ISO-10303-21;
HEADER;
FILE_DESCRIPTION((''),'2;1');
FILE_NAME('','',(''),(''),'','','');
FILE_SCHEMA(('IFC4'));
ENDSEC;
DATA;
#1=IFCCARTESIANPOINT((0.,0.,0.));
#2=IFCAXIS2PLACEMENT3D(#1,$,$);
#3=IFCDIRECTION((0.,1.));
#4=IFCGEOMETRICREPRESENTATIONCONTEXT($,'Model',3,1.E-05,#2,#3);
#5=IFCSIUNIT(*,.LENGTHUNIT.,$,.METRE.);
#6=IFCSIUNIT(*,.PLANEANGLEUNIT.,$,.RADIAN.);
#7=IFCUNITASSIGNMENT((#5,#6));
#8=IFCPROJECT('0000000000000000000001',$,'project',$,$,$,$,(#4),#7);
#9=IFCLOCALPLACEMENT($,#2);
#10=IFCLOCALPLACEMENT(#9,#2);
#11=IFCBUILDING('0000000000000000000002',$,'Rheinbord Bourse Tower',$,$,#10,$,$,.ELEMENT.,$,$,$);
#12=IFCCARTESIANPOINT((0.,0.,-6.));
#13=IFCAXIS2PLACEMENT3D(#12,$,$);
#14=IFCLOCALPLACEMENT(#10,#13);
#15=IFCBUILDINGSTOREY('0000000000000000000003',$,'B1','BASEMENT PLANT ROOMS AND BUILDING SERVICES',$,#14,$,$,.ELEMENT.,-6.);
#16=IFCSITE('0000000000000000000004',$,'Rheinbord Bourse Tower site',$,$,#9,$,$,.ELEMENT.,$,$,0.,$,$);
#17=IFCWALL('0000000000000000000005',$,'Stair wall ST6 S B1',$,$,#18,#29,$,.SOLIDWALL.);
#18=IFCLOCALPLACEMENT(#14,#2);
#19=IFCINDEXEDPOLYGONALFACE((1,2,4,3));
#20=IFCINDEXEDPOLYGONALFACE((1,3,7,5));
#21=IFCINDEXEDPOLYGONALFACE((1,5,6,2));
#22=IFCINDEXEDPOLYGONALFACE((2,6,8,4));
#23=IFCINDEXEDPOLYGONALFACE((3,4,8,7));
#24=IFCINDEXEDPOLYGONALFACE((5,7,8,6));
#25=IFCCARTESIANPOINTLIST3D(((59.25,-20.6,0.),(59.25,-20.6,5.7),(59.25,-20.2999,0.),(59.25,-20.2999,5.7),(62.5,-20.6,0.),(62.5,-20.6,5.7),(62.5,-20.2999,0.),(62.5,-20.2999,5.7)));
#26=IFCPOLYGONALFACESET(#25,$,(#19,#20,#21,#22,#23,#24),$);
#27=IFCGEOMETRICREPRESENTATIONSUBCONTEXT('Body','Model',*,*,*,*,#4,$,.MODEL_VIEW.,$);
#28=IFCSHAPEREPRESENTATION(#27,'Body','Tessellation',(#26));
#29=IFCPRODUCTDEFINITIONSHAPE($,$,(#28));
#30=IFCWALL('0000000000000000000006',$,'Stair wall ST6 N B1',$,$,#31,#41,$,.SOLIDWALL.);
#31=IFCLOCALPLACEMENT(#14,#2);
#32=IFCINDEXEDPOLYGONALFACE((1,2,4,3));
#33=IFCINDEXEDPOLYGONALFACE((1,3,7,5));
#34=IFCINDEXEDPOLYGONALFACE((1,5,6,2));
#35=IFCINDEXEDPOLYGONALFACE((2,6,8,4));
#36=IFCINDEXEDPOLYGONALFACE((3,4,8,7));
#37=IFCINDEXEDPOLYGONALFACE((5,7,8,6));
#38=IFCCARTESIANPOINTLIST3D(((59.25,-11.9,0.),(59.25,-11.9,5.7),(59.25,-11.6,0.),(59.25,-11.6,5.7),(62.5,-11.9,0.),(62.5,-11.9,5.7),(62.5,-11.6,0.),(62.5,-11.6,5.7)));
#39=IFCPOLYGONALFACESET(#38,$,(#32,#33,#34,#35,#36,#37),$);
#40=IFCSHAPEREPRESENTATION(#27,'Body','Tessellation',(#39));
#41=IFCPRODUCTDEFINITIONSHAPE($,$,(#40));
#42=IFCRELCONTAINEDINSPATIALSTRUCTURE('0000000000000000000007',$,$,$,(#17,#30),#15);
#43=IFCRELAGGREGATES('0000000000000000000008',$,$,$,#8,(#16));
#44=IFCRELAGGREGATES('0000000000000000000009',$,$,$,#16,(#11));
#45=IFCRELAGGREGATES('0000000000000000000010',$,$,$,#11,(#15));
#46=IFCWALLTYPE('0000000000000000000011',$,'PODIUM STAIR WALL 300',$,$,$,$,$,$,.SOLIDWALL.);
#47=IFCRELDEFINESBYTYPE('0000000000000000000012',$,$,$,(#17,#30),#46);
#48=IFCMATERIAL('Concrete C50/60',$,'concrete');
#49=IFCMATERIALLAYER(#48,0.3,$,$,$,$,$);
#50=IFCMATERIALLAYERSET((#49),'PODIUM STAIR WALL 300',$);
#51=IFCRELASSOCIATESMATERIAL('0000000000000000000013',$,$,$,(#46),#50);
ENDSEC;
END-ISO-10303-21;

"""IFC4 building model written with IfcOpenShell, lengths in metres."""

from ifc_helpers import new_model, si_unit, direction, frame, frame_2d, origin, place, context, subcontext, project, spatial, rectangle, extrude, material, layer, layer_set, type_object, element, save


model = new_model("IFC4")

# Units and contexts
model_context = context("Model", 3, precision=1e-05, world=origin(), true_north=direction((0.0, 1.0)))
body_context = subcontext(model_context, "Body", "Model", "MODEL_VIEW")
ifc_project = project(units=[si_unit("LENGTHUNIT", "METRE"), si_unit("PLANEANGLEUNIT", "RADIAN")], contexts=[model_context])

# Site, building, storey
site_placement = place(None, origin())
site = spatial("IfcSite", under=ifc_project, at=site_placement, Name="Rheinbord Bourse Tower site", CompositionType="ELEMENT", RefElevation=0.0)
building_placement = place(site_placement, origin())
building = spatial("IfcBuilding", under=site, at=building_placement, Name="Rheinbord Bourse Tower", CompositionType="ELEMENT")
storey_placement = place(building_placement, frame((0.0, 0.0, -6.0)))
storey = spatial("IfcBuildingStorey", under=building, at=storey_placement, Name="B1", Description="BASEMENT PLANT ROOMS AND BUILDING SERVICES", CompositionType="ELEMENT", Elevation=-6.0)

# Walls
ifc_material_1 = material(Name="Concrete C50/60", Category="concrete")
ifc_layer_1 = layer(ifc_material_1, 0.3)
ifc_layer_set_1 = layer_set([ifc_layer_1], Name="PODIUM STAIR WALL 300")
wall_type_1 = type_object("IfcWallType", Name="PODIUM STAIR WALL 300", PredefinedType="SOLIDWALL", material=ifc_layer_set_1)
for number, where, z_axis, x_axis, name in (
    (1, (59.25, -20.45, 0.0), (0.0, 0.0, 1.0), (1.0, 0.0, 0.0), "Stair wall ST6 S B1"),
    (2, (59.25, -11.75, 0.0), (0.0, 0.0, 1.0), (1.0, 0.0, 0.0), "Stair wall ST6 N B1"),
):
    element("IfcWall", number, at=place(storey_placement, frame(where, z_axis=z_axis, x_axis=x_axis)), inside=storey, type_object=wall_type_1, Name=name, PredefinedType="SOLIDWALL", context=body_context, shape_type="SweptSolid", body=[
        extrude(rectangle(XDim=3.25, YDim=0.3, at=frame_2d((1.625, 0.0))), origin(), (0.0, 0.0, 1.0), 5.7),
    ])

save(model, "model.ifc")
